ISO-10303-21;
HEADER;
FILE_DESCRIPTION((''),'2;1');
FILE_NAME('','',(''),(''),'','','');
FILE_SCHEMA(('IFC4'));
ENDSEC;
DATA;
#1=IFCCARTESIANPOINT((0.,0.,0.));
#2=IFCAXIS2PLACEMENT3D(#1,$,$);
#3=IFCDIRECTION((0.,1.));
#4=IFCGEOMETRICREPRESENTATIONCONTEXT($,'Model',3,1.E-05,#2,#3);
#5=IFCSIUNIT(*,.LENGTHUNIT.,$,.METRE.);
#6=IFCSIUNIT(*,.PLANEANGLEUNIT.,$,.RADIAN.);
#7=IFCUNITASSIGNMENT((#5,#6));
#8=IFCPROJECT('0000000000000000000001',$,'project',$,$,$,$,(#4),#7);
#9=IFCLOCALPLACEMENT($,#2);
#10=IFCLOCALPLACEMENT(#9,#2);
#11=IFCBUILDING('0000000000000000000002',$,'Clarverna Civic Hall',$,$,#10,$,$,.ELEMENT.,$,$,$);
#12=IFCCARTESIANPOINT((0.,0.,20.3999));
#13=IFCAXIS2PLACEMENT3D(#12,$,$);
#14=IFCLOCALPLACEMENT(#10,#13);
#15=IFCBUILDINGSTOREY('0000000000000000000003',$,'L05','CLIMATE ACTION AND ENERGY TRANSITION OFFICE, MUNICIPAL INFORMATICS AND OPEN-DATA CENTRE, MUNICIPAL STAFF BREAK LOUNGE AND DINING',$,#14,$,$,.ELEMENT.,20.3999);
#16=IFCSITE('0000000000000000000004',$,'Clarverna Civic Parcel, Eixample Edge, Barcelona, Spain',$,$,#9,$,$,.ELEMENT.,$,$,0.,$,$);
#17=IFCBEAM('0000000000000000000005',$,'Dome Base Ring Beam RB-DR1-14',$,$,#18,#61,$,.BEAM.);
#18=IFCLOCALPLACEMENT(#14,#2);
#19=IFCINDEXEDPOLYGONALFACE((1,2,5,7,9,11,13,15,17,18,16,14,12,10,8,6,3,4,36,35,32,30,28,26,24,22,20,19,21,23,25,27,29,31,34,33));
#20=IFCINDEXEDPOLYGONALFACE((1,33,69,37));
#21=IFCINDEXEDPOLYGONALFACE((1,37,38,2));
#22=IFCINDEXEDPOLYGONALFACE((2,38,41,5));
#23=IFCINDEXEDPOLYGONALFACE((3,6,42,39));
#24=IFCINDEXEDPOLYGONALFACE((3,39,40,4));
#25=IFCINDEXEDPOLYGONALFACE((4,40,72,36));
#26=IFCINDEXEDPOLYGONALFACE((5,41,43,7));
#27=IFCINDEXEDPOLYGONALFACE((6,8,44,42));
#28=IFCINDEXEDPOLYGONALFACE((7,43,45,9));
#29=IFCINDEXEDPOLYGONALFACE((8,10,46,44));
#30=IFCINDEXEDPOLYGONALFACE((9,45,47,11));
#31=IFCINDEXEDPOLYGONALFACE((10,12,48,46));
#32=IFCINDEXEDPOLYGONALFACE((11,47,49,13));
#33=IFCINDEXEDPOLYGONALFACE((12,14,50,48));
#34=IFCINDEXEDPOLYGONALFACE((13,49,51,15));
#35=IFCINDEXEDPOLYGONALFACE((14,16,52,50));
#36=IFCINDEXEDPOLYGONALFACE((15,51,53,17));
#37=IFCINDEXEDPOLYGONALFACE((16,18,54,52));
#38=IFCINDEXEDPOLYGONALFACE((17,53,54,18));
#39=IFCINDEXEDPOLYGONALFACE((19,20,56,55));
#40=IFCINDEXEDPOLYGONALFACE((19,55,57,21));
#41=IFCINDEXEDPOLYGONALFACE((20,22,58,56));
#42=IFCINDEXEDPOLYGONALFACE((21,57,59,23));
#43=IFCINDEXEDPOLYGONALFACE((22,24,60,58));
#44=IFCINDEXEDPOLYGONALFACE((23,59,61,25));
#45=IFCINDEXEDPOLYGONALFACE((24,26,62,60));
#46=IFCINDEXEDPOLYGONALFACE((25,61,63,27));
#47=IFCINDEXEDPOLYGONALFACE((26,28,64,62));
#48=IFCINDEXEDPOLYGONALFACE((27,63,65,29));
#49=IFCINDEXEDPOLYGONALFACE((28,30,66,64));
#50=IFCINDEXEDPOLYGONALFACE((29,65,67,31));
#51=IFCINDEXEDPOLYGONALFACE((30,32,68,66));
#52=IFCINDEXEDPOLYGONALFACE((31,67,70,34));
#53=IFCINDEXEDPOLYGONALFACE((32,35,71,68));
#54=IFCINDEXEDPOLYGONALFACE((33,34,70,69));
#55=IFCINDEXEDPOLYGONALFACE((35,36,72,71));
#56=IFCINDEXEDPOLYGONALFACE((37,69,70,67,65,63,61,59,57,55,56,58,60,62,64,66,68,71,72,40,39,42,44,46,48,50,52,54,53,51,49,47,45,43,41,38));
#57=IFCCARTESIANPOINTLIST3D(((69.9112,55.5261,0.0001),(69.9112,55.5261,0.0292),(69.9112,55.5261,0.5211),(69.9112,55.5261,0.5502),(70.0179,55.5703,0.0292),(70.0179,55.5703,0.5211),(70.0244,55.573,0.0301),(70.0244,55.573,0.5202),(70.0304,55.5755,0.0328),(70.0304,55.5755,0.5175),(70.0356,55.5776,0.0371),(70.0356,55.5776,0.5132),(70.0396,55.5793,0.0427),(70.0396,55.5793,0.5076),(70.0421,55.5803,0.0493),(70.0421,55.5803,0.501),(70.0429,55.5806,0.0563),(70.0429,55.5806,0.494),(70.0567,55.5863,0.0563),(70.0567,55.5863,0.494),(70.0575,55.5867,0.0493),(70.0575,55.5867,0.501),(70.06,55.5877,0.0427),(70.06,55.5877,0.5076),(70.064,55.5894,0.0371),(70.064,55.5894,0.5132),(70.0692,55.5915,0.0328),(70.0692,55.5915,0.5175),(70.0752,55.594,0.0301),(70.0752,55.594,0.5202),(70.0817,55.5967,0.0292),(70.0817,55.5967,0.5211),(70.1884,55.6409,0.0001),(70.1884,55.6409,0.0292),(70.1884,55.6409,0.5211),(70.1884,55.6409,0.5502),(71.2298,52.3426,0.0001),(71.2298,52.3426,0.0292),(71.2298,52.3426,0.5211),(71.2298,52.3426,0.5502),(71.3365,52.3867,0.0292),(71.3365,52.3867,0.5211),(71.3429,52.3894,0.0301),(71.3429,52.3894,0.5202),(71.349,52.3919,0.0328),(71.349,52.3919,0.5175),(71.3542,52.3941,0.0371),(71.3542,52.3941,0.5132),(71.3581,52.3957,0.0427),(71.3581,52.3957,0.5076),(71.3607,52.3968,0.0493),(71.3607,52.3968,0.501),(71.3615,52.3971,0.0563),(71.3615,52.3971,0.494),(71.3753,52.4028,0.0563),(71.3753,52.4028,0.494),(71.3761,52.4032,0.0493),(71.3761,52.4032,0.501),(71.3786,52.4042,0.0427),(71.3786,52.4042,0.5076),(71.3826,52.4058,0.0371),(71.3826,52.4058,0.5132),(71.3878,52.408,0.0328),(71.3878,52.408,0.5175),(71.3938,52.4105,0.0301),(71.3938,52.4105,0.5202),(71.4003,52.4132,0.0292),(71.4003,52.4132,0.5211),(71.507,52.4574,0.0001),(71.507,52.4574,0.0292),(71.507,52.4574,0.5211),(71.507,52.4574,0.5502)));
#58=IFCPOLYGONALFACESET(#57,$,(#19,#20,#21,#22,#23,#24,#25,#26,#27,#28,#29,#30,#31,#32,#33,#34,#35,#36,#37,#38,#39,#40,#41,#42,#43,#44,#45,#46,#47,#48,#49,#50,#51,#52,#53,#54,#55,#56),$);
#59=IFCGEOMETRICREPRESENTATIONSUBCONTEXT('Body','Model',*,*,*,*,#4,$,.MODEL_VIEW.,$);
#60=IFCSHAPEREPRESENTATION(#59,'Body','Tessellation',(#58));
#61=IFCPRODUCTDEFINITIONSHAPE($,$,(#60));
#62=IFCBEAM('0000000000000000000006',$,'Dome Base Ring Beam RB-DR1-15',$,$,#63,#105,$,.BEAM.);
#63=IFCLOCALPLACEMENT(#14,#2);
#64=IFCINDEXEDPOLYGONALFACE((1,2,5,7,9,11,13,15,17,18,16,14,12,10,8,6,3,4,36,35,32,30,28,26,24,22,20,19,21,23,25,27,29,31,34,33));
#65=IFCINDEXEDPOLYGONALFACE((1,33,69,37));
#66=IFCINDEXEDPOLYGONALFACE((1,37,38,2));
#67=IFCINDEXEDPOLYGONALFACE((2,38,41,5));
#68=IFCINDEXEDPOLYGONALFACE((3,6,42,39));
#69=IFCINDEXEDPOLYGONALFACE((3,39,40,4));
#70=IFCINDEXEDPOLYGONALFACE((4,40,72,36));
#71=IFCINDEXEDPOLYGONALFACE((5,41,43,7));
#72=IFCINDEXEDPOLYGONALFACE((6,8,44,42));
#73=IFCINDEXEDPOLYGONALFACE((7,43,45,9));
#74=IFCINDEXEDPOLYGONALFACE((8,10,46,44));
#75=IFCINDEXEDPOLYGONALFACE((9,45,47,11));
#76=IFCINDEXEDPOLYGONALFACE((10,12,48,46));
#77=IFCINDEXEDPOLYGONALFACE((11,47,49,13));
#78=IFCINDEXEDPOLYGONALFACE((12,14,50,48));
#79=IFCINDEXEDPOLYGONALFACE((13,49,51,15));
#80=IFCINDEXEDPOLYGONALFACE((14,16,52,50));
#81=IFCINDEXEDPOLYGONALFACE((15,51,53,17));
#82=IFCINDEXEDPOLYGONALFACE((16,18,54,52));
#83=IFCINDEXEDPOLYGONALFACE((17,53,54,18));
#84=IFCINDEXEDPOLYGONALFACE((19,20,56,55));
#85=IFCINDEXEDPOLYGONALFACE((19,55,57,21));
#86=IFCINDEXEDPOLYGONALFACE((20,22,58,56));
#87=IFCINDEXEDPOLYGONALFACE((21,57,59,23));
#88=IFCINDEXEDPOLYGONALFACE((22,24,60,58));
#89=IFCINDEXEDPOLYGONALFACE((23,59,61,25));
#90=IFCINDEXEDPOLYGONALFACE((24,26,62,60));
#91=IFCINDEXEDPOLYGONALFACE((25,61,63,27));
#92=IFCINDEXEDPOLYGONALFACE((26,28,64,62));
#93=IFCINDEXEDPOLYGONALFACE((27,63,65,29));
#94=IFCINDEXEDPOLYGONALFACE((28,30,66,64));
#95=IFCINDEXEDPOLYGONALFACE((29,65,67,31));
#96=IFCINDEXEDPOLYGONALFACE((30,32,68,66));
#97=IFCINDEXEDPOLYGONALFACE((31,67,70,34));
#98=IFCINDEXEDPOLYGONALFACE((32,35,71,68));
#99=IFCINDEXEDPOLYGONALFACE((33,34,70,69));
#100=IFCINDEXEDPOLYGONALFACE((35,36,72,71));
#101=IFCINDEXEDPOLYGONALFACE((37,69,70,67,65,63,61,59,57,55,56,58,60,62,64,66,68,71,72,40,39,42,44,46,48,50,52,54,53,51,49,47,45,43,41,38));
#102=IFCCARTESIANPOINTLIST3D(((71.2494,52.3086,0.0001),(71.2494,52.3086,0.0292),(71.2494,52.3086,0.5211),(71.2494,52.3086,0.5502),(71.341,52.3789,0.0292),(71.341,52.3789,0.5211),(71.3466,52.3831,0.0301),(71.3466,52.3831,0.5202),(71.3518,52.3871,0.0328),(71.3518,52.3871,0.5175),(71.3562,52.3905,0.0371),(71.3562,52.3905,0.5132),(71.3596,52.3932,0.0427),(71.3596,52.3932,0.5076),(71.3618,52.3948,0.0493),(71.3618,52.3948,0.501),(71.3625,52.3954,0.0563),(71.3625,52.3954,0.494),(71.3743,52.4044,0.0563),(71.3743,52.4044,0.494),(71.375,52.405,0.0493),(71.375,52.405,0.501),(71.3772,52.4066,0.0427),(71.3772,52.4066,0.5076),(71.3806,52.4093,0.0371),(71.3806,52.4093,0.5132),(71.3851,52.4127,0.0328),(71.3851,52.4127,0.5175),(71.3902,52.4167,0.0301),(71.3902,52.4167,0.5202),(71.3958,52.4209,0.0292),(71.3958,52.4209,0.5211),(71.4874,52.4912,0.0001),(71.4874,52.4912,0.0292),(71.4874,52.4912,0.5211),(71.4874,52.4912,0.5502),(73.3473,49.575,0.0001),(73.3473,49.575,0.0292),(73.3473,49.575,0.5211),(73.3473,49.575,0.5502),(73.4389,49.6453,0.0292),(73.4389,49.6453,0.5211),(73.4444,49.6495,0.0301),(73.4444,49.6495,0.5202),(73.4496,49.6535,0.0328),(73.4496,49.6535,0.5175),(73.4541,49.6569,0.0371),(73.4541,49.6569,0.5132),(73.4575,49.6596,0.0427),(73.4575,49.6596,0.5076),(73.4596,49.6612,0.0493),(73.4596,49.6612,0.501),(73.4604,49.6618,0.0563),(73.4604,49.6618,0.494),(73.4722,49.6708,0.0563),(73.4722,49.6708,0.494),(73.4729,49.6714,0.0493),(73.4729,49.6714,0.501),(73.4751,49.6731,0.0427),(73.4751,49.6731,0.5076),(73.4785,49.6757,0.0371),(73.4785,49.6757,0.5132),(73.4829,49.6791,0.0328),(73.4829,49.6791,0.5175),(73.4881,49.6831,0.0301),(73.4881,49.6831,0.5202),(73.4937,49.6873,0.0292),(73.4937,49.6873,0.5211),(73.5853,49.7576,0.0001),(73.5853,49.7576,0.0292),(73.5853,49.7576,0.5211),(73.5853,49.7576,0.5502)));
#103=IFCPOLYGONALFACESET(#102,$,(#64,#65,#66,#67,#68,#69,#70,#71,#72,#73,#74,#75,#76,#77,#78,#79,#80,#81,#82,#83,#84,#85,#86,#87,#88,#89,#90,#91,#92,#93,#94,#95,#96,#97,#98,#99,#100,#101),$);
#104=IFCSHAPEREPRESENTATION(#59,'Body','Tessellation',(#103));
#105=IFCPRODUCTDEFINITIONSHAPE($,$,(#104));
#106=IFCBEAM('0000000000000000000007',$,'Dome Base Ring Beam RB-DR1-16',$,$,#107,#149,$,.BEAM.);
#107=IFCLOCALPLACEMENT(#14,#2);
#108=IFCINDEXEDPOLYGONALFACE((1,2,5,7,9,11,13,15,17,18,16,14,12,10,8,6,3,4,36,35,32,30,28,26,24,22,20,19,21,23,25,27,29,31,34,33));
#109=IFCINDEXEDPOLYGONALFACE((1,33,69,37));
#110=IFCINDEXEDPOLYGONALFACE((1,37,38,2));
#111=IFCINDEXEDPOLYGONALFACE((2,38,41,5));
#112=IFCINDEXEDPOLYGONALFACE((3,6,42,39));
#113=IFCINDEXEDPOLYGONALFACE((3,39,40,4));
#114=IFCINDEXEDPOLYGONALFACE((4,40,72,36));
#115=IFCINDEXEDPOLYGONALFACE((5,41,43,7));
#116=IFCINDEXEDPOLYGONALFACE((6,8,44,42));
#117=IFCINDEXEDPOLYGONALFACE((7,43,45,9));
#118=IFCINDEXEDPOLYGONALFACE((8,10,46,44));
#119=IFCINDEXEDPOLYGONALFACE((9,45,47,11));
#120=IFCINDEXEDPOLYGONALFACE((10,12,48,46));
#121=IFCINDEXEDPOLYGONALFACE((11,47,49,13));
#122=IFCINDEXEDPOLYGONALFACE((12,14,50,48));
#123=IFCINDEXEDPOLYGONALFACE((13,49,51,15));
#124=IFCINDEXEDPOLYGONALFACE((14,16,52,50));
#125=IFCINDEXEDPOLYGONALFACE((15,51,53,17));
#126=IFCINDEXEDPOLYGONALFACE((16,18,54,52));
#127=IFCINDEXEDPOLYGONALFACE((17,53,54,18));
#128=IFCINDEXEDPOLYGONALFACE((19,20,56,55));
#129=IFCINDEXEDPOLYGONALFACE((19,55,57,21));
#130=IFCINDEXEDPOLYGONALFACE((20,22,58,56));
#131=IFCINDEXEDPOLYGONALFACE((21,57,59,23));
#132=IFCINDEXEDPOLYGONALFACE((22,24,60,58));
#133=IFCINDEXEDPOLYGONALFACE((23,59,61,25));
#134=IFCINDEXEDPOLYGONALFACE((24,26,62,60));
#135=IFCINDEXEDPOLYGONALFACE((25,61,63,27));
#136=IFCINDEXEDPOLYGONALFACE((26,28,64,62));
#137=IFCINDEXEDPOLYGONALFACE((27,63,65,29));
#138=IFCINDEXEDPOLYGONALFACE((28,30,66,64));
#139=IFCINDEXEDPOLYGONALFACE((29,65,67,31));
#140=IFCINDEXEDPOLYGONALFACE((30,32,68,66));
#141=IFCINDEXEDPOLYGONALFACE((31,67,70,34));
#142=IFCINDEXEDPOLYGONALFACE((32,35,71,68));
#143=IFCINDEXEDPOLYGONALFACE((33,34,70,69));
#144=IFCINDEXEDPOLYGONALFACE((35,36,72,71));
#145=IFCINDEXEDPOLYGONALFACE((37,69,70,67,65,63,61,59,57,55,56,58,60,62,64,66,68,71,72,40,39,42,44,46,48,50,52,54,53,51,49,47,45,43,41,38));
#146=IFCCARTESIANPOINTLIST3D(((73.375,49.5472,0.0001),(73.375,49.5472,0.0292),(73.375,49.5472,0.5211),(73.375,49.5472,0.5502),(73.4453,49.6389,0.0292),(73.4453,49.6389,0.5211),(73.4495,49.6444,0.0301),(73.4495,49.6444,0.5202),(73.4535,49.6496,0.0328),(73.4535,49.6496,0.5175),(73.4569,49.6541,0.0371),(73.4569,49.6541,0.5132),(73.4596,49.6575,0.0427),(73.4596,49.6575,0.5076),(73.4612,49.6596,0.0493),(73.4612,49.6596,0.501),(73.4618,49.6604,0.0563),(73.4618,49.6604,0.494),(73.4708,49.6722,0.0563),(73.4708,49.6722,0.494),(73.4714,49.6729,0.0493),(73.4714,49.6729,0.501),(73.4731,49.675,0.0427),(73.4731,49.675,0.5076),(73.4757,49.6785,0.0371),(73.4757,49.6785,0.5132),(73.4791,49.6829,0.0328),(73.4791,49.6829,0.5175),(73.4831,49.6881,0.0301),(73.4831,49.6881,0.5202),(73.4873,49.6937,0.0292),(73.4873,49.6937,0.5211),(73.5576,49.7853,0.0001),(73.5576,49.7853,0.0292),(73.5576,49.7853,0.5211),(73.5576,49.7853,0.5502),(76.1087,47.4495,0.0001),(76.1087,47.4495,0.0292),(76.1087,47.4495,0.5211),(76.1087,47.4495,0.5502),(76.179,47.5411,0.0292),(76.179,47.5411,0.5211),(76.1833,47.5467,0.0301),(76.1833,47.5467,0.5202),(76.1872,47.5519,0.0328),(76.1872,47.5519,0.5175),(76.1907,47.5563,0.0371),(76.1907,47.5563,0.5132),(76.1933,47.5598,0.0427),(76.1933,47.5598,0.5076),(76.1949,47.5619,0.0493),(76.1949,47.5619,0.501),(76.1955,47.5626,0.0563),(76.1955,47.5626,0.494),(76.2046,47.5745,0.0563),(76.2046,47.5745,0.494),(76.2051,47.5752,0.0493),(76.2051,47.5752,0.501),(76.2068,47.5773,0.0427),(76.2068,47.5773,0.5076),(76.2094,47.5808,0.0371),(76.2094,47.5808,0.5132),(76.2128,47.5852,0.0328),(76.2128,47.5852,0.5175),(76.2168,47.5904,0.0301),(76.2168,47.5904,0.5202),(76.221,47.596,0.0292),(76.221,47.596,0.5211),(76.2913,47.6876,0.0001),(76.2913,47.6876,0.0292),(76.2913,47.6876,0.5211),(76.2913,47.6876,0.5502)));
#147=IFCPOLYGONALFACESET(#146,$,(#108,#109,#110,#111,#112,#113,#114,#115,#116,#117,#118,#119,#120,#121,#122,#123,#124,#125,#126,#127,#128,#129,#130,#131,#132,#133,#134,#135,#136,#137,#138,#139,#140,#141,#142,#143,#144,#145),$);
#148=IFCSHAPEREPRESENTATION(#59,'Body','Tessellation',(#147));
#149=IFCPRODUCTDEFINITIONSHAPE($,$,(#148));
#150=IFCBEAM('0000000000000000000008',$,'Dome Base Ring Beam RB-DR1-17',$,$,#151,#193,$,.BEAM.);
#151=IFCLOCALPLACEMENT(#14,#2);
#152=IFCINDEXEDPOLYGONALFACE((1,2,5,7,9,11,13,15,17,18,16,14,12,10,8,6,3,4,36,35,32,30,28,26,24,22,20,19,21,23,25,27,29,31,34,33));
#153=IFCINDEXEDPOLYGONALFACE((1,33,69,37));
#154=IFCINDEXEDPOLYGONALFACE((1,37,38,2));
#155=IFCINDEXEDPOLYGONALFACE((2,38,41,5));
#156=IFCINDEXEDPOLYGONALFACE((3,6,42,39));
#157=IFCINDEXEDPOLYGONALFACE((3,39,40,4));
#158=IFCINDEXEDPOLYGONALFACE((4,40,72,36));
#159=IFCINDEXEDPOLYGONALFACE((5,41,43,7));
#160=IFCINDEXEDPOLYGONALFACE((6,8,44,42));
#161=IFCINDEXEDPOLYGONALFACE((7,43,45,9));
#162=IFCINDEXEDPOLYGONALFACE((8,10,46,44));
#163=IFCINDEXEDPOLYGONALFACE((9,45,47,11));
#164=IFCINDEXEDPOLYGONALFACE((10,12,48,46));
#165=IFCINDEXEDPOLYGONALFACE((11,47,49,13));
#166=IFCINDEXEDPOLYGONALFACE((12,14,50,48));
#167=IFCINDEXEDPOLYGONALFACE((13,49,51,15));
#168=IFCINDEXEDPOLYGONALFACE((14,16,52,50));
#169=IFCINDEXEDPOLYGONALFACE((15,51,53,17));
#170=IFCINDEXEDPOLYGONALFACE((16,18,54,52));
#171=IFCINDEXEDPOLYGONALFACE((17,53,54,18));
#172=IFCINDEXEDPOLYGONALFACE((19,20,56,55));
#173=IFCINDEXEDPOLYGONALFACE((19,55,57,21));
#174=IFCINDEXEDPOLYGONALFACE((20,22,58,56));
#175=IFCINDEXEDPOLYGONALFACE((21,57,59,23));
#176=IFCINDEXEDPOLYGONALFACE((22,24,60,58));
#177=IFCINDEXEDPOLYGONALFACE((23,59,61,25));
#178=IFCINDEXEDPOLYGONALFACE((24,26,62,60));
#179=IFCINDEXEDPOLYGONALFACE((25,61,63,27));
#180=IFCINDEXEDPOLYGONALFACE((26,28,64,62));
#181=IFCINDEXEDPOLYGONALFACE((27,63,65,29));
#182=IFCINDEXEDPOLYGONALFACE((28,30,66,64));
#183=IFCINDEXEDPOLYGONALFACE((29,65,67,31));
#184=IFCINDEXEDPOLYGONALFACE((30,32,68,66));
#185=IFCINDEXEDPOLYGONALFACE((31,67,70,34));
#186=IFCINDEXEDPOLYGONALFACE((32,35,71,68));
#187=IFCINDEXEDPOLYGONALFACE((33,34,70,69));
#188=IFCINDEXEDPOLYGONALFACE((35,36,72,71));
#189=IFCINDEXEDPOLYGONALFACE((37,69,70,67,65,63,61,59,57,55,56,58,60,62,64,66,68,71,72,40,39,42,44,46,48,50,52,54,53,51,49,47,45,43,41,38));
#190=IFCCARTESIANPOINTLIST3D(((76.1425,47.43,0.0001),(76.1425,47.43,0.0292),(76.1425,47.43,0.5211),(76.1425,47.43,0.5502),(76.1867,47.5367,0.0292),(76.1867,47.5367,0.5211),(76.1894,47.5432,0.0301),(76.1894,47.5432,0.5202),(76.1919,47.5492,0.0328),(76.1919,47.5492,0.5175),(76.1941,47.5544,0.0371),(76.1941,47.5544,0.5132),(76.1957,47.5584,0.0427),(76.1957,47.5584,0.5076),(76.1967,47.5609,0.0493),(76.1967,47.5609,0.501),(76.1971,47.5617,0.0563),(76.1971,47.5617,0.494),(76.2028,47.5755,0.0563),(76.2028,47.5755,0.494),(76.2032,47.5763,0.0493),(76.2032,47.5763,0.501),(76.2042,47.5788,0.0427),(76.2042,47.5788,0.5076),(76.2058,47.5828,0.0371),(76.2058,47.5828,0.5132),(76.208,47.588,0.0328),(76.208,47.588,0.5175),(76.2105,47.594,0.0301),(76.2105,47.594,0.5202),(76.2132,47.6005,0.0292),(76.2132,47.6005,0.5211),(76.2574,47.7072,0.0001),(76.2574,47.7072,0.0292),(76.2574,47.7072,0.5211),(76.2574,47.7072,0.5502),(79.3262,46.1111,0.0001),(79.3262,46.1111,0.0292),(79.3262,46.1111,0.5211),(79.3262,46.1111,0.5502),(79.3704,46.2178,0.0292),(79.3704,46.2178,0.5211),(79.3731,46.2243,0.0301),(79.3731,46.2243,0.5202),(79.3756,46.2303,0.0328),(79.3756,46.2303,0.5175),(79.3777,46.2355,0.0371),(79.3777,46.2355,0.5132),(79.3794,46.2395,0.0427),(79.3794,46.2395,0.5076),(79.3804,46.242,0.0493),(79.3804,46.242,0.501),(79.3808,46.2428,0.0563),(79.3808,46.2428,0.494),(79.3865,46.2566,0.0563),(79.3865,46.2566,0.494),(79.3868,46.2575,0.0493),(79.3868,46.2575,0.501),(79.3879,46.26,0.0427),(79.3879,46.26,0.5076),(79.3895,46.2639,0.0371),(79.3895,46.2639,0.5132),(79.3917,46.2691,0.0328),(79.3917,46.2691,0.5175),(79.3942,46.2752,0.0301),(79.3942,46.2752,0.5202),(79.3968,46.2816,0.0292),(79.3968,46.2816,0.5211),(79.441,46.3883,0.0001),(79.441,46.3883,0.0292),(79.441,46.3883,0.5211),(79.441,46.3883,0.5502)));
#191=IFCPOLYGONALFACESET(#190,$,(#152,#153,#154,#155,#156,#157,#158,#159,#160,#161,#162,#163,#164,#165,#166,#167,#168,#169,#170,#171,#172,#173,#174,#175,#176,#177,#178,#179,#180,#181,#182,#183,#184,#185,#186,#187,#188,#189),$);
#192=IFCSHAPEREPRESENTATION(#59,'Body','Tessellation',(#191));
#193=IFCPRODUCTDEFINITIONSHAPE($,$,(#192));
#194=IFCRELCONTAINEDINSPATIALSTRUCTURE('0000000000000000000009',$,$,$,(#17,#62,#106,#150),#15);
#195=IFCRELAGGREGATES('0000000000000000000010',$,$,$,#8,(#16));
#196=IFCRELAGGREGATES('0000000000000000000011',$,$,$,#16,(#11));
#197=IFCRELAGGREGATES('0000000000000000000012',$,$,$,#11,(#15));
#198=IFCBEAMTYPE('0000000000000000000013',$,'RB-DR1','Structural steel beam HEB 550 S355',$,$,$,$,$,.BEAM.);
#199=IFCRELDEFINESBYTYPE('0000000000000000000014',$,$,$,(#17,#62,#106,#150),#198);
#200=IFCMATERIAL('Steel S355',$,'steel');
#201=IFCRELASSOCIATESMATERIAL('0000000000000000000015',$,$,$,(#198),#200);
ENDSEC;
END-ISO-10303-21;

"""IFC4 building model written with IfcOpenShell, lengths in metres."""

from ifc_helpers import new_model, si_unit, direction, frame, origin, origin_2d, place, context, subcontext, project, spatial, i_section, extrude, material, material_profile, profile_set, type_object, element, save


model = new_model("IFC4")

# Units and contexts
model_context = context("Model", 3, precision=1e-05, world=origin(), true_north=direction((0.0, 1.0)))
body_context = subcontext(model_context, "Body", "Model", "MODEL_VIEW")
ifc_project = project(units=[si_unit("LENGTHUNIT", "METRE"), si_unit("PLANEANGLEUNIT", "RADIAN")], contexts=[model_context])

# Site, building, storey
site_placement = place(None, origin())
site = spatial("IfcSite", under=ifc_project, at=site_placement, Name="Clarverna Civic Parcel, Eixample Edge, Barcelona, Spain", CompositionType="ELEMENT", RefElevation=0.0)
building_placement = place(site_placement, origin())
building = spatial("IfcBuilding", under=site, at=building_placement, Name="Clarverna Civic Hall", CompositionType="ELEMENT")
storey_placement = place(building_placement, frame((0.0, 0.0, 20.3999)))
storey = spatial("IfcBuildingStorey", under=building, at=storey_placement, Name="L05", Description="CLIMATE ACTION AND ENERGY TRANSITION OFFICE, MUNICIPAL INFORMATICS AND OPEN-DATA CENTRE, MUNICIPAL STAFF BREAK LOUNGE AND DINING", CompositionType="ELEMENT", Elevation=20.3999)

# Beams
ifc_material_1 = material(Name="Steel S355", Category="steel")
ifc_material_profile = material_profile(ifc_material_1, i_section(OverallWidth=0.3, OverallDepth=0.55, WebThickness=0.0149, FlangeThickness=0.0291, FilletRadius=0.0271, at=origin_2d()), Name="HEB 550")
ifc_profile_set = profile_set([ifc_material_profile], Name="Steel S355")
beam_type = type_object("IfcBeamType", Name="RB-DR1", Description="Structural steel beam HEB 550 S355", PredefinedType="BEAM", material=ifc_profile_set)
for number, where, z_axis, x_axis, name in (
    (1, (70.0498, 55.5835, 0.2751), (0.382663, -0.923888, 0.0), (0.923888, 0.382663, 0.0), "Dome Base Ring Beam RB-DR1-14"),
    (2, (71.3684, 52.3999, 0.2751), (0.608817, -0.793311, 0.0), (0.793311, 0.608817, 0.0), "Dome Base Ring Beam RB-DR1-15"),
    (3, (73.4663, 49.6663, 0.2751), (0.793345, -0.608772, 0.0), (0.608772, 0.793345, 0.0), "Dome Base Ring Beam RB-DR1-16"),
):
    element("IfcBeam", number, at=place(storey_placement, frame(where, z_axis=z_axis, x_axis=x_axis)), inside=storey, type_object=beam_type, Name=name, PredefinedType="BEAM", context=body_context, shape_type="SweptSolid", body=[
        extrude(i_section(OverallWidth=0.3, OverallDepth=0.55, WebThickness=0.0149, FlangeThickness=0.0291, FilletRadius=0.0271, at=origin_2d()), origin(), (0.0, 0.0, 1.0), 3.4458),
    ])
for number, where, z_axis, x_axis, name in (
    (4, (76.2, 47.5686, 0.2751), (0.923863, -0.382723, 0.0), (0.382723, 0.923863, 0.0), "Dome Base Ring Beam RB-DR1-17"),
):
    element("IfcBeam", number, at=place(storey_placement, frame(where, z_axis=z_axis, x_axis=x_axis)), inside=storey, type_object=beam_type, Name=name, PredefinedType="BEAM", context=body_context, shape_type="SweptSolid", body=[
        extrude(i_section(OverallWidth=0.3, OverallDepth=0.55, WebThickness=0.0149, FlangeThickness=0.0291, FilletRadius=0.0271, at=origin_2d()), origin(), (0.0, 0.0, 1.0), 3.446),
    ])

save(model, "model.ifc")
